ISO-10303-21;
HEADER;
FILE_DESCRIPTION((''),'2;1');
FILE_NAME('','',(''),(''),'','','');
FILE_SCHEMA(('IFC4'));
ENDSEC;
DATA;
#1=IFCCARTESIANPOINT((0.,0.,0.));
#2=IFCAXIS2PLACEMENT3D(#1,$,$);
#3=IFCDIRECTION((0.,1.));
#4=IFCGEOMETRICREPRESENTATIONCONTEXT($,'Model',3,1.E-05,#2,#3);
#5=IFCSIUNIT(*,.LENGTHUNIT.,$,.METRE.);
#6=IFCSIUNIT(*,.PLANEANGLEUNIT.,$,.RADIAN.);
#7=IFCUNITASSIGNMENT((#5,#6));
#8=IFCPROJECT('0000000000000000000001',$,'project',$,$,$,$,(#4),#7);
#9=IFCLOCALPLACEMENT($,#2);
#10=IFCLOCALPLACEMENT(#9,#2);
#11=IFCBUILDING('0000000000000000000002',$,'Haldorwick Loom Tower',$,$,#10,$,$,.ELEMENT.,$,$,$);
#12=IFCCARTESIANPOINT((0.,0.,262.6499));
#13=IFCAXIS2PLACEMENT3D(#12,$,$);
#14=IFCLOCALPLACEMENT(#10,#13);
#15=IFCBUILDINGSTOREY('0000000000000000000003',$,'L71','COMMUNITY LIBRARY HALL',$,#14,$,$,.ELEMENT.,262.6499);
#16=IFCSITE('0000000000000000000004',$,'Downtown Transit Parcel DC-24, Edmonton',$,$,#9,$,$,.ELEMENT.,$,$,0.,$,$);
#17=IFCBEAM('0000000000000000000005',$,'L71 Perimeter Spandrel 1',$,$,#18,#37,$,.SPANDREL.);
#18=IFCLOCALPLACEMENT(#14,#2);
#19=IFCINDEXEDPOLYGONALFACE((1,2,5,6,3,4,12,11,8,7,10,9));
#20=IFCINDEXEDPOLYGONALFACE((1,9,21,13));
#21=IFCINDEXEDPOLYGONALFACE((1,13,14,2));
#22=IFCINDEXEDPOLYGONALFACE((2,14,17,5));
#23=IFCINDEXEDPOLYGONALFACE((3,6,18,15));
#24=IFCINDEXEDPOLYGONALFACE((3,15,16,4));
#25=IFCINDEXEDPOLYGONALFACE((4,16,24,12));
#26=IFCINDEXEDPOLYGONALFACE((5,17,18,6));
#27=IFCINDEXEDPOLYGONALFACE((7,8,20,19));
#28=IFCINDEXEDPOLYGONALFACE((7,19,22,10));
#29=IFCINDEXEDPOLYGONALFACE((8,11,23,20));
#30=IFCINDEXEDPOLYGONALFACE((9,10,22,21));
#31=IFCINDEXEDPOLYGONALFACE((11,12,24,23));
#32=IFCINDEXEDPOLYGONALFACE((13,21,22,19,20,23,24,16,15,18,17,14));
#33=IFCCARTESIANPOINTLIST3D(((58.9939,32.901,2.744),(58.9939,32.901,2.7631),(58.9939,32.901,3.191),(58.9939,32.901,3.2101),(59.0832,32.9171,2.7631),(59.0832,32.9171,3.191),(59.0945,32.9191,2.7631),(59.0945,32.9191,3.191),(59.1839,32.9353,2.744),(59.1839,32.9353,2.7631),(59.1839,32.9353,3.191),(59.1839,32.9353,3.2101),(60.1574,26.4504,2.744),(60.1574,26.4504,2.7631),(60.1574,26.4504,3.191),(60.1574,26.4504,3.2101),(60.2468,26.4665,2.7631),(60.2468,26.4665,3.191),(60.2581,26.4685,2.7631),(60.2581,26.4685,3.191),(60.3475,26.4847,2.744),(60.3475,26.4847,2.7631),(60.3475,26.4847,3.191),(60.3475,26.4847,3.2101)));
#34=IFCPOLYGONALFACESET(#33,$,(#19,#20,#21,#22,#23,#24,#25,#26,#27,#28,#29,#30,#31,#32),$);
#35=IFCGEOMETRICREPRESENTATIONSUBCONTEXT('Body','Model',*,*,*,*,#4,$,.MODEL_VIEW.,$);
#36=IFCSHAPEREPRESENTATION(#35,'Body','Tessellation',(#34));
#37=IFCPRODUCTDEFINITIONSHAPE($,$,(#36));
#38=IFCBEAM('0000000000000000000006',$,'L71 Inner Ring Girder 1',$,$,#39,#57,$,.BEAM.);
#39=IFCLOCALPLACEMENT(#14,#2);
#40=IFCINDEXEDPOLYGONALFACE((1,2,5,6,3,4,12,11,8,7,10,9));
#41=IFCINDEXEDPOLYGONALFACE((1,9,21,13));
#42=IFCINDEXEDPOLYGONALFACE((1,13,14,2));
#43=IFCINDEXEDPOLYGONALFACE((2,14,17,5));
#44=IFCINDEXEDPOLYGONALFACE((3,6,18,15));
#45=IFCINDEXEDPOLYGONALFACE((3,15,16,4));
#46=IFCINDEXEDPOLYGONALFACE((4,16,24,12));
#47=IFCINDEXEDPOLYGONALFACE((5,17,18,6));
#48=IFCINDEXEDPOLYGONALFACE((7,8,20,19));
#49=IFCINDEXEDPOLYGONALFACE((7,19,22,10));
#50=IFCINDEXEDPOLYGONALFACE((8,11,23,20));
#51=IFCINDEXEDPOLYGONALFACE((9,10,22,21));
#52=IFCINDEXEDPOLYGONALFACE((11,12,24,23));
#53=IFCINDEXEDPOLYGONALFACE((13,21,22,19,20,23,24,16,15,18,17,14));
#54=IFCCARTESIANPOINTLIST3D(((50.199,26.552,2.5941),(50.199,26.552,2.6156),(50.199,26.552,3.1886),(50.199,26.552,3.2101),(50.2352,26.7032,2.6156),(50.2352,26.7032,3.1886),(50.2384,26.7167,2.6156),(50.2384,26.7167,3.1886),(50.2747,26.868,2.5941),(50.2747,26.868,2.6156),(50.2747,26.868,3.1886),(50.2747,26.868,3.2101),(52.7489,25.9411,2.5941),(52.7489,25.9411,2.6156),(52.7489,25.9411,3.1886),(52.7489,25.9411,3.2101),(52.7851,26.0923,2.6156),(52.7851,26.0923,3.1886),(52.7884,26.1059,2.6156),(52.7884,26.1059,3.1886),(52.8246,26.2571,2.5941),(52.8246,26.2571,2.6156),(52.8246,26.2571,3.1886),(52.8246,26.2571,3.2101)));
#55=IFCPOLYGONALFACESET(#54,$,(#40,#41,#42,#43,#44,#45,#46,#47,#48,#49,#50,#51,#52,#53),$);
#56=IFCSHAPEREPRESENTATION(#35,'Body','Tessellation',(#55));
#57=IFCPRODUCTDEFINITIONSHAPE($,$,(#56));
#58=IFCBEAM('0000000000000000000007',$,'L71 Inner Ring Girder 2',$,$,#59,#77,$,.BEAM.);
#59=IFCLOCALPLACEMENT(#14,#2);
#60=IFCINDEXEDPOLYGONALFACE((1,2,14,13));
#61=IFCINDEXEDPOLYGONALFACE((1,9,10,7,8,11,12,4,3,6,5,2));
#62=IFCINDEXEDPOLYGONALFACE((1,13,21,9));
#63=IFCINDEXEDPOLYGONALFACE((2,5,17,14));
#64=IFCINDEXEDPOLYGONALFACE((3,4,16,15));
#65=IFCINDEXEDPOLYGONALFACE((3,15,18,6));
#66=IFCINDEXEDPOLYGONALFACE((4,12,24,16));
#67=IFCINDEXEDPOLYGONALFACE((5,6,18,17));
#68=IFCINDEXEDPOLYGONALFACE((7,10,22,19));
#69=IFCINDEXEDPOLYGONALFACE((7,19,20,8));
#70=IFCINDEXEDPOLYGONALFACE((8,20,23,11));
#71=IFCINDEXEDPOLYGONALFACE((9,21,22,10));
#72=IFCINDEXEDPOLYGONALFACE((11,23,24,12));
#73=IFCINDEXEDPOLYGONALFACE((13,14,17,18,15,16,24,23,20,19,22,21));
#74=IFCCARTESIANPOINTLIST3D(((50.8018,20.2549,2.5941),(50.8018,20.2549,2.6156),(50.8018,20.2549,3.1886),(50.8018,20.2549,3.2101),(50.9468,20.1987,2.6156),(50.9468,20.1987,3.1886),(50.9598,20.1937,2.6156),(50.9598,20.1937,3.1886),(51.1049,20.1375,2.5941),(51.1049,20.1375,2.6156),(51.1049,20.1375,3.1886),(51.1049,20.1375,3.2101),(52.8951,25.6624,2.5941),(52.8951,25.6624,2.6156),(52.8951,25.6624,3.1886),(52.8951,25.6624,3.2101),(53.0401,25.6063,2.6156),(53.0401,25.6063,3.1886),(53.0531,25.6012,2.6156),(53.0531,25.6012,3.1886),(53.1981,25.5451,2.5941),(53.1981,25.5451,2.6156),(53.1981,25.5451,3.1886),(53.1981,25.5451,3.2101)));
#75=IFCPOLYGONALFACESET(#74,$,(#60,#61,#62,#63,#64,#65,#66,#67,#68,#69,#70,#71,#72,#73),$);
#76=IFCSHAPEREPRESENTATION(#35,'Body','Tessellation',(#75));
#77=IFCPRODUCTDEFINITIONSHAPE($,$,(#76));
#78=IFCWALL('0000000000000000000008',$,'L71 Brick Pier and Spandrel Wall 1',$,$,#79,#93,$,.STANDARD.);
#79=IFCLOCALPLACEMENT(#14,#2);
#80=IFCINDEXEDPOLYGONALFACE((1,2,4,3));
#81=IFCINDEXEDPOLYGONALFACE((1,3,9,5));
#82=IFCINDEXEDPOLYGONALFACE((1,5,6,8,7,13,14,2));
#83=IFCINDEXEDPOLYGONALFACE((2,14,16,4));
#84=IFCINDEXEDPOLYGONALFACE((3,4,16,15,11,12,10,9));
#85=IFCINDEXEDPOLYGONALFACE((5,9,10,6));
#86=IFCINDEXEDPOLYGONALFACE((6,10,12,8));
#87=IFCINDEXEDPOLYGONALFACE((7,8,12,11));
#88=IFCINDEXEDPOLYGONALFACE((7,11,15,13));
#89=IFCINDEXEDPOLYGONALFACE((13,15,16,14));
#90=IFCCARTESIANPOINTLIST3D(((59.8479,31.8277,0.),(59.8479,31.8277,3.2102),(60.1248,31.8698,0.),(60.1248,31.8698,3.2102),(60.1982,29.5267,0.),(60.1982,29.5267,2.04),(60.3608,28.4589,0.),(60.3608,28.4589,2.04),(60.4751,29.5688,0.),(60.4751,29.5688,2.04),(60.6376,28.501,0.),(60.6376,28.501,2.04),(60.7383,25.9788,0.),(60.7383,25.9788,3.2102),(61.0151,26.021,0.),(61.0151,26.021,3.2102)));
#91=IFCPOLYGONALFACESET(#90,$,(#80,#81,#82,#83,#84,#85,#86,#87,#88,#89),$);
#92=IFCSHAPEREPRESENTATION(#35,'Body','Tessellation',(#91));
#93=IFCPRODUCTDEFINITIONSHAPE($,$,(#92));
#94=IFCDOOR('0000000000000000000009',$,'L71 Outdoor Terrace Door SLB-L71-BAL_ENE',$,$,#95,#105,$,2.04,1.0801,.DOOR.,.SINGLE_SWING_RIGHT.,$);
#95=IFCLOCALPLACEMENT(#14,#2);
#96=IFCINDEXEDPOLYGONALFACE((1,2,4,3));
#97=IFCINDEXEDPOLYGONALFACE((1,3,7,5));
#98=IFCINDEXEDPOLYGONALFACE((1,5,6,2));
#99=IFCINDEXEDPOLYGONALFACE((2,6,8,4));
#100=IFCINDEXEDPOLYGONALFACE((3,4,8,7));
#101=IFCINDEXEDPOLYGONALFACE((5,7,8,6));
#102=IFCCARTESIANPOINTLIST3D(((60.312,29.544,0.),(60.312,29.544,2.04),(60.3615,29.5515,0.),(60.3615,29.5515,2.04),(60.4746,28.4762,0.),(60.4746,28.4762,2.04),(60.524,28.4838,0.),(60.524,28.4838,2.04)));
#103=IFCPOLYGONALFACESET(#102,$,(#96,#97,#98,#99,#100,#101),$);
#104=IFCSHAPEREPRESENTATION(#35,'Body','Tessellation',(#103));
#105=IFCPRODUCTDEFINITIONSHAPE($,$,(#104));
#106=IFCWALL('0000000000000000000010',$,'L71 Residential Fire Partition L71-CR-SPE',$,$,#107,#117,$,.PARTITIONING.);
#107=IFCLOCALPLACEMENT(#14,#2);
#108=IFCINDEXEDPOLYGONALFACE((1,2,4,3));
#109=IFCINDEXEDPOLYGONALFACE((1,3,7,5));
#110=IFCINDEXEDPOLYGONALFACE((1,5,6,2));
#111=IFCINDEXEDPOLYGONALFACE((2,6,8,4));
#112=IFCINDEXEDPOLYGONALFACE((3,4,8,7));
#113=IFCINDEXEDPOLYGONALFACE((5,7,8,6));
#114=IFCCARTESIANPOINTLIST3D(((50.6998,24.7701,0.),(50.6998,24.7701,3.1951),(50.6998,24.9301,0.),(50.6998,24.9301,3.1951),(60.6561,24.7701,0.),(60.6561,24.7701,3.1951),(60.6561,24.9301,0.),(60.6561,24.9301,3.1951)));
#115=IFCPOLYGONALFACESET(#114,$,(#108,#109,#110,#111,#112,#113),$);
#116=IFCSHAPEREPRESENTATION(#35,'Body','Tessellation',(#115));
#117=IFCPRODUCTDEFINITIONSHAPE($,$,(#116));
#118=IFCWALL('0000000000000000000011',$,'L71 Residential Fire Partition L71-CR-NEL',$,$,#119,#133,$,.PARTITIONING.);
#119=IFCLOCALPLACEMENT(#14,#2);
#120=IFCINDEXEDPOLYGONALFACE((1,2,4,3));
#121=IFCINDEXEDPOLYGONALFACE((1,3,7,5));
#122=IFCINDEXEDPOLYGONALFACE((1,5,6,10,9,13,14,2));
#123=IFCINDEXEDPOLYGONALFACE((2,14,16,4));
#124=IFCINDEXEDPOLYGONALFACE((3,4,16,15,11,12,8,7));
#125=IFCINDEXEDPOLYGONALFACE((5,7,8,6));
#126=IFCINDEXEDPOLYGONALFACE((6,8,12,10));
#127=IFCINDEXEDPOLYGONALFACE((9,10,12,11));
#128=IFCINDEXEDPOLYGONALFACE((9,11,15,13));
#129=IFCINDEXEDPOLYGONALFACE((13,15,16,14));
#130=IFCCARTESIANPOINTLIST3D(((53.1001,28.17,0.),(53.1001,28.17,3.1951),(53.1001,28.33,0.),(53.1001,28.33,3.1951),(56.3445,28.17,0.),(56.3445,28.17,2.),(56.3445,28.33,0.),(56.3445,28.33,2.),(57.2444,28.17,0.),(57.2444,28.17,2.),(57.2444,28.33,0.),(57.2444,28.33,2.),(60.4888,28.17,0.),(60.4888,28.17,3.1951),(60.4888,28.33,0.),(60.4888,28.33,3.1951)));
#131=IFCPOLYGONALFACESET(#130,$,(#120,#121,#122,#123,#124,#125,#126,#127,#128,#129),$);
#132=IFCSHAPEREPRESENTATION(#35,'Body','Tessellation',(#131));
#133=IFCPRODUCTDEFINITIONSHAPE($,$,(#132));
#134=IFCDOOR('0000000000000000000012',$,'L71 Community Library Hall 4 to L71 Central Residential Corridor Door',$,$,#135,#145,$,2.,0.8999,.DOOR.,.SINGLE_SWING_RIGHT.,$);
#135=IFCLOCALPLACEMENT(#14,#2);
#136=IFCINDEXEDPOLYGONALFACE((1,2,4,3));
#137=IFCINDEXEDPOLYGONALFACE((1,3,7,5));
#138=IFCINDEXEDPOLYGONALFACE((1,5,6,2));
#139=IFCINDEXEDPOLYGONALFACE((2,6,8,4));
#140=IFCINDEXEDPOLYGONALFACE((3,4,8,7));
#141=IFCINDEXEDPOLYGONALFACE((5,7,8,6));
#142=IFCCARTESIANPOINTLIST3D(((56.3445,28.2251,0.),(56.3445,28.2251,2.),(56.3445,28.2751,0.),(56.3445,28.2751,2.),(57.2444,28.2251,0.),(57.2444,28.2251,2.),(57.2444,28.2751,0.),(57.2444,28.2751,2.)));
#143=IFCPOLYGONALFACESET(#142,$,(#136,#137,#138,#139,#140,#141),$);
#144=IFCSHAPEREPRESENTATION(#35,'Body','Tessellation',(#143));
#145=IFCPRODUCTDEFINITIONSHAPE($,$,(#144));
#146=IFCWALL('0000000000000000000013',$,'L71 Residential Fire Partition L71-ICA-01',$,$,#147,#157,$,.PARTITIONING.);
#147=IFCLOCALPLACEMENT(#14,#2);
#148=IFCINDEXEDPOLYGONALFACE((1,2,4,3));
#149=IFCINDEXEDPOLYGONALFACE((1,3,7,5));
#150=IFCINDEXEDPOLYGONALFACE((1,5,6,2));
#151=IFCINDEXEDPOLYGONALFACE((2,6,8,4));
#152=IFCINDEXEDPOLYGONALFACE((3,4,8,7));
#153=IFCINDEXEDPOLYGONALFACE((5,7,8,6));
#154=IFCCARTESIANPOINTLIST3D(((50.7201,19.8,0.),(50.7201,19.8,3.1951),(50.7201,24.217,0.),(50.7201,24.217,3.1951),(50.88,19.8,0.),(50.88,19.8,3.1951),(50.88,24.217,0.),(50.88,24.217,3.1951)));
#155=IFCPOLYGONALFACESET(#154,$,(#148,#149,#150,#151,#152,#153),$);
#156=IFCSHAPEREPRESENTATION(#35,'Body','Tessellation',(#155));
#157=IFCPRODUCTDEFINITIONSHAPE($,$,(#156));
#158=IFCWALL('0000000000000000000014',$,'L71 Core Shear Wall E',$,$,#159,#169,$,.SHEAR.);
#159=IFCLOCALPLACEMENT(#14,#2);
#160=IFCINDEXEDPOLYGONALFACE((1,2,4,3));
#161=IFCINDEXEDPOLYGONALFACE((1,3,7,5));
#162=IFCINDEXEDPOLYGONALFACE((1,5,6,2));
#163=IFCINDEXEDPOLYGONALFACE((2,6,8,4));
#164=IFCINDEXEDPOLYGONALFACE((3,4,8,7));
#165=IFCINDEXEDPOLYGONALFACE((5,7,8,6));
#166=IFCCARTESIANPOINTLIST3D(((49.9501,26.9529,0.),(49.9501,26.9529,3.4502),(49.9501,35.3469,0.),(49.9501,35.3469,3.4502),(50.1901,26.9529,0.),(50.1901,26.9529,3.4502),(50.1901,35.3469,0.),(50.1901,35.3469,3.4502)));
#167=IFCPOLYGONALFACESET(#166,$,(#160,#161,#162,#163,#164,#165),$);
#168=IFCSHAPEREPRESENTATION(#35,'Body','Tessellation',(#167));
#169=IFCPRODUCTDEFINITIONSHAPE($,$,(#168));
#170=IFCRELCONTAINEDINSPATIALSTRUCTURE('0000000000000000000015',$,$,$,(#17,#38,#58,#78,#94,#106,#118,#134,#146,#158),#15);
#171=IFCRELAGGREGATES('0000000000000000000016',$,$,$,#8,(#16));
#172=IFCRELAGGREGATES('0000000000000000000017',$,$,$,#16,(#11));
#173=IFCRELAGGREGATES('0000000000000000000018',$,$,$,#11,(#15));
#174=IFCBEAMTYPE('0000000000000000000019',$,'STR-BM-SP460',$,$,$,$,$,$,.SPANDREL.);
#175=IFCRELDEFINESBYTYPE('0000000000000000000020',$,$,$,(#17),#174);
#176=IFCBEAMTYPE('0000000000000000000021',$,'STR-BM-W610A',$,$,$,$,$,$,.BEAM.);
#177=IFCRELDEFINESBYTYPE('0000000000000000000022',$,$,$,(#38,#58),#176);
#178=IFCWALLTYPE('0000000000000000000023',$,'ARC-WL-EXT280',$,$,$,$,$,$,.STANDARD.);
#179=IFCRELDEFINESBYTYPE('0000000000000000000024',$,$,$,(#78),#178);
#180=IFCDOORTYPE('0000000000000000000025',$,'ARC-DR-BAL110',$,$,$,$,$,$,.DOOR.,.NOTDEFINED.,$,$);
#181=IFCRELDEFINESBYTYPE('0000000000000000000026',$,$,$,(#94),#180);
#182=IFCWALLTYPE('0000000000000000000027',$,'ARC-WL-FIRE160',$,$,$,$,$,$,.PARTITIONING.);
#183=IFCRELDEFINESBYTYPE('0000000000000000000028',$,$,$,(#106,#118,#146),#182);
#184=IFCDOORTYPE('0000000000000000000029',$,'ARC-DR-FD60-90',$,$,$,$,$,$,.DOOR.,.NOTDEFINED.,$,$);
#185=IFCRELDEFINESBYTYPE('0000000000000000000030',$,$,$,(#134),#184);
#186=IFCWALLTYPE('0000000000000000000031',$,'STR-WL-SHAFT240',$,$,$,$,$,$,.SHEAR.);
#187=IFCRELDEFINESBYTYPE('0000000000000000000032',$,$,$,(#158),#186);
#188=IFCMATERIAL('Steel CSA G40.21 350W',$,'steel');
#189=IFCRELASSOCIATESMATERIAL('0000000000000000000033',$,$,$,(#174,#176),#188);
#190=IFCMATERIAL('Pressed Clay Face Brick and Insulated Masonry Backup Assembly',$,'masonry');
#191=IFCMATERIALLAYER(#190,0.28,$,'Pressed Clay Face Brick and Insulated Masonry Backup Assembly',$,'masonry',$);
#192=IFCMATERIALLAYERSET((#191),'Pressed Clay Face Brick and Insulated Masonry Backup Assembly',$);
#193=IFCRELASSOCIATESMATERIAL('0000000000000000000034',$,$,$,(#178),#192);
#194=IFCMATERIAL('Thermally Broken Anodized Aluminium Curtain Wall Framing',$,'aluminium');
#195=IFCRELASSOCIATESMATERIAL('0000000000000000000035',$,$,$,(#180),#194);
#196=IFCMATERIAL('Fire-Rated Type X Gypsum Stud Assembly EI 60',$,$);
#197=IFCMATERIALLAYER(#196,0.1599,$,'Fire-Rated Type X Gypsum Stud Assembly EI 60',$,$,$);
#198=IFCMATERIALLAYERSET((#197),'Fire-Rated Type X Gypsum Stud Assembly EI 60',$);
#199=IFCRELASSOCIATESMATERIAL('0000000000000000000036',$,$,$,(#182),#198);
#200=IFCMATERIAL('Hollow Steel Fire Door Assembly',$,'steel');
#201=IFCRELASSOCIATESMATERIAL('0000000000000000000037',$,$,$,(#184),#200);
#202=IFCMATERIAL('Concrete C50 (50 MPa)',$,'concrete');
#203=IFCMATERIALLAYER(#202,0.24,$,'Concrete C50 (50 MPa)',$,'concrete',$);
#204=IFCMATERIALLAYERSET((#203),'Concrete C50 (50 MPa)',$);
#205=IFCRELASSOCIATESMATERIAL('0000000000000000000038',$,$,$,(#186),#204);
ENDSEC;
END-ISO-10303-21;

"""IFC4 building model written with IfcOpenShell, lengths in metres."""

from ifc_helpers import new_model, si_unit, direction, frame, frame_2d, origin, origin_2d, place, context, subcontext, project, spatial, rectangle, i_section, extrude, material, layer, layer_set, material_profile, profile_set, type_object, element, fill, save


model = new_model("IFC4")

# Units and contexts
model_context = context("Model", 3, precision=1e-05, world=origin(), true_north=direction((0.0, 1.0)))
body_context = subcontext(model_context, "Body", "Model", "MODEL_VIEW")
ifc_project = project(units=[si_unit("LENGTHUNIT", "METRE"), si_unit("PLANEANGLEUNIT", "RADIAN")], contexts=[model_context])

# Site, building, storey
site_placement = place(None, origin())
site = spatial("IfcSite", under=ifc_project, at=site_placement, Name="Downtown Transit Parcel DC-24, Edmonton", CompositionType="ELEMENT", RefElevation=0.0)
building_placement = place(site_placement, origin())
building = spatial("IfcBuilding", under=site, at=building_placement, Name="Haldorwick Loom Tower", CompositionType="ELEMENT")
storey_placement = place(building_placement, frame((0.0, 0.0, 262.6499)))
storey = spatial("IfcBuildingStorey", under=building, at=storey_placement, Name="L71", Description="COMMUNITY LIBRARY HALL", CompositionType="ELEMENT", Elevation=262.6499)

# Shared definitions
ifc_material_1 = material(Name="Concrete C50 (50 MPa)", Category="concrete")
ifc_material_2 = material(Name="Steel CSA G40.21 350W", Category="steel")

# Beams
ifc_material_profile_1 = material_profile(ifc_material_2, i_section(OverallWidth=0.1931, OverallDepth=0.4661, WebThickness=0.0115, FlangeThickness=0.019, at=origin_2d()), Name="W460X97", Category="steel")
ifc_profile_set_1 = profile_set([ifc_material_profile_1], Name="Steel CSA G40.21 350W")
beam_type_1 = type_object("IfcBeamType", Name="STR-BM-SP460", PredefinedType="SPANDREL", material=ifc_profile_set_1)
beam_1_placement = place(storey_placement, frame((60.2524, 26.4675, 2.9771), z_axis=(-0.177515, 0.984118, 0.0), x_axis=(-0.984118, -0.177515, 0.0)))
element("IfcBeam", 1, at=beam_1_placement, inside=storey, type_object=beam_type_1, Name="L71 Perimeter Spandrel 1", PredefinedType="SPANDREL", context=body_context, shape_type="SweptSolid", body=[
    extrude(i_section(OverallWidth=0.1931, OverallDepth=0.4661, WebThickness=0.0115, FlangeThickness=0.019, at=origin_2d()), origin(), (0.0, 0.0, 1.0), 6.5547),
])
ifc_material_profile_2 = material_profile(ifc_material_2, i_section(OverallWidth=0.325, OverallDepth=0.616, WebThickness=0.0139, FlangeThickness=0.0215, at=origin_2d()), Name="W610X174", Category="steel")
ifc_profile_set_2 = profile_set([ifc_material_profile_2], Name="Steel CSA G40.21 350W")
beam_type_2 = type_object("IfcBeamType", Name="STR-BM-W610A", PredefinedType="BEAM", material=ifc_profile_set_2)
beam_2_placement = place(storey_placement, frame((50.2368, 26.71, 2.9021), z_axis=(0.972484, -0.232971, 0.0), x_axis=(0.232971, 0.972484, 0.0)))
element("IfcBeam", 2, at=beam_2_placement, inside=storey, type_object=beam_type_2, Name="L71 Inner Ring Girder 1", PredefinedType="BEAM", context=body_context, shape_type="SweptSolid", body=[
    extrude(i_section(OverallWidth=0.325, OverallDepth=0.616, WebThickness=0.0139, FlangeThickness=0.0215, at=origin_2d()), origin(), (0.0, 0.0, 1.0), 2.6221),
])
beam_3_placement = place(storey_placement, frame((53.0466, 25.6038, 2.9021), z_axis=(-0.361001, -0.932565, 0.0), x_axis=(0.932565, -0.361001, 0.0)))
element("IfcBeam", 3, at=beam_3_placement, inside=storey, type_object=beam_type_2, Name="L71 Inner Ring Girder 2", PredefinedType="BEAM", context=body_context, shape_type="SweptSolid", body=[
    extrude(i_section(OverallWidth=0.325, OverallDepth=0.616, WebThickness=0.0139, FlangeThickness=0.0215, at=origin_2d()), origin(), (0.0, 0.0, 1.0), 5.7986),
])

# Wall, opening, door
ifc_material_3 = material(Name="Pressed Clay Face Brick and Insulated Masonry Backup Assembly", Category="masonry")
ifc_layer_1 = layer(ifc_material_3, 0.28, Name="Pressed Clay Face Brick and Insulated Masonry Backup Assembly", Category="masonry")
ifc_layer_set_1 = layer_set([ifc_layer_1], Name="Pressed Clay Face Brick and Insulated Masonry Backup Assembly")
wall_type_1 = type_object("IfcWallType", Name="ARC-WL-EXT280", PredefinedType="STANDARD", material=ifc_layer_set_1)
wall_1_placement = place(storey_placement, frame((60.8767, 26.0, 0.0), z_axis=(0.0, 0.0, 1.0), x_axis=(-0.150497, 0.98861, 0.0)))
wall_1 = element("IfcWall", 4, at=wall_1_placement, inside=storey, type_object=wall_type_1, Name="L71 Brick Pier and Spandrel Wall 1", PredefinedType="STANDARD", context=body_context, shape_type="SweptSolid", body=[
    extrude(rectangle(XDim=5.9163, YDim=0.28, at=frame_2d((2.958, 0.0))), origin(), (0.0, 0.0, 1.0), 3.2102),
])
opening_1_placement = place(wall_1_placement, frame((2.5085, 0.0, 0.0)))
opening_1 = element("IfcOpeningElement", 5, at=opening_1_placement, cuts=wall_1, PredefinedType="OPENING", context=body_context, shape_type="SweptSolid", body=[
    extrude(rectangle(XDim=1.0801, YDim=2.04, at=frame_2d((0.54, 1.02))), frame((0.0, 0.1499, 0.0), z_axis=(0.0, -1.0, 0.0), x_axis=(1.0, 0.0, 0.0)), (0.0, 0.0, 1.0), 0.3),
])
ifc_material_4 = material(Name="Thermally Broken Anodized Aluminium Curtain Wall Framing", Category="aluminium")
door_type_1 = type_object("IfcDoorType", Name="ARC-DR-BAL110", OperationType="NOTDEFINED", PredefinedType="DOOR", material=ifc_material_4)
door_1_placement = place(opening_1_placement, origin())
door_1 = element("IfcDoor", 6, at=door_1_placement, inside=storey, type_object=door_type_1, Name="L71 Outdoor Terrace Door SLB-L71-BAL_ENE", OperationType="SINGLE_SWING_RIGHT", OverallHeight=2.04, OverallWidth=1.0801, PredefinedType="DOOR", context=body_context, shape_type="SweptSolid", body=[
    extrude(rectangle(XDim=1.0801, YDim=2.04, at=frame_2d((0.54, 1.02))), frame((0.0, 0.0249, 0.0), z_axis=(0.0, -1.0, 0.0), x_axis=(1.0, 0.0, 0.0)), (0.0, 0.0, 1.0), 0.05),
])
fill(opening_1, door_1)

# Wall
ifc_material_5 = material(Name="Fire-Rated Type X Gypsum Stud Assembly EI 60")
ifc_layer_2 = layer(ifc_material_5, 0.1599, Name="Fire-Rated Type X Gypsum Stud Assembly EI 60")
ifc_layer_set_2 = layer_set([ifc_layer_2], Name="Fire-Rated Type X Gypsum Stud Assembly EI 60")
wall_type_2 = type_object("IfcWallType", Name="ARC-WL-FIRE160", PredefinedType="PARTITIONING", material=ifc_layer_set_2)
wall_2_placement = place(storey_placement, frame((50.7, 24.8501, 0.0), z_axis=(0.0, 0.0, 1.0), x_axis=(1.0, 0.0, 0.0)))
element("IfcWall", 7, at=wall_2_placement, inside=storey, type_object=wall_type_2, Name="L71 Residential Fire Partition L71-CR-SPE", PredefinedType="PARTITIONING", context=body_context, shape_type="SweptSolid", body=[
    extrude(rectangle(XDim=9.9563, YDim=0.1599, at=frame_2d((4.978, 0.0))), origin(), (0.0, 0.0, 1.0), 3.1951),
])

# Wall, opening, door
wall_3_placement = place(storey_placement, frame((53.1001, 28.25, 0.0), z_axis=(0.0, 0.0, 1.0), x_axis=(1.0, 0.0, 0.0)))
wall_3 = element("IfcWall", 8, at=wall_3_placement, inside=storey, type_object=wall_type_2, Name="L71 Residential Fire Partition L71-CR-NEL", PredefinedType="PARTITIONING", context=body_context, shape_type="SweptSolid", body=[
    extrude(rectangle(XDim=7.3887, YDim=0.1599, at=frame_2d((3.6943, 0.0))), origin(), (0.0, 0.0, 1.0), 3.1951),
])
opening_2_placement = place(wall_3_placement, frame((3.2444, 0.0, 0.0)))
opening_2 = element("IfcOpeningElement", 9, at=opening_2_placement, cuts=wall_3, PredefinedType="OPENING", context=body_context, shape_type="SweptSolid", body=[
    extrude(rectangle(XDim=0.8999, YDim=2.0, at=frame_2d((0.45, 1.0))), frame((0.0, 0.0898, 0.0), z_axis=(0.0, -1.0, 0.0), x_axis=(1.0, 0.0, 0.0)), (0.0, 0.0, 1.0), 0.1799),
])
ifc_material_6 = material(Name="Hollow Steel Fire Door Assembly", Category="steel")
door_type_2 = type_object("IfcDoorType", Name="ARC-DR-FD60-90", OperationType="NOTDEFINED", PredefinedType="DOOR", material=ifc_material_6)
door_2_placement = place(opening_2_placement, frame((0.8999, 0.0, 0.0), z_axis=(0.0, 0.0, 1.0), x_axis=(-1.0, 0.0, 0.0)))
door_2 = element("IfcDoor", 10, at=door_2_placement, inside=storey, type_object=door_type_2, Name="L71 Community Library Hall 4 to L71 Central Residential Corridor Door", OperationType="SINGLE_SWING_RIGHT", OverallHeight=2.0, OverallWidth=0.8999, PredefinedType="DOOR", context=body_context, shape_type="SweptSolid", body=[
    extrude(rectangle(XDim=0.8999, YDim=2.0, at=frame_2d((0.45, 1.0))), frame((0.0, 0.0249, 0.0), z_axis=(0.0, -1.0, 0.0), x_axis=(1.0, 0.0, 0.0)), (0.0, 0.0, 1.0), 0.05),
])
fill(opening_2, door_2)

# Walls
wall_4_placement = place(storey_placement, frame((50.8, 24.217, 0.0), z_axis=(0.0, 0.0, 1.0), x_axis=(0.0, -1.0, 0.0)))
element("IfcWall", 11, at=wall_4_placement, inside=storey, type_object=wall_type_2, Name="L71 Residential Fire Partition L71-ICA-01", PredefinedType="PARTITIONING", context=body_context, shape_type="SweptSolid", body=[
    extrude(rectangle(XDim=4.417, YDim=0.1599, at=frame_2d((2.2085, 0.0))), origin(), (0.0, 0.0, 1.0), 3.1951),
])
ifc_layer_3 = layer(ifc_material_1, 0.24, Name="Concrete C50 (50 MPa)", Category="concrete")
ifc_layer_set_3 = layer_set([ifc_layer_3], Name="Concrete C50 (50 MPa)")
wall_type_3 = type_object("IfcWallType", Name="STR-WL-SHAFT240", PredefinedType="SHEAR", material=ifc_layer_set_3)
for number, where, z_axis, x_axis, name in (
    (12, (50.0701, 26.9529, 0.0), (0.0, 0.0, 1.0), (0.0, 1.0, 0.0), "L71 Core Shear Wall E"),
):
    element("IfcWall", number, at=place(storey_placement, frame(where, z_axis=z_axis, x_axis=x_axis)), inside=storey, type_object=wall_type_3, Name=name, PredefinedType="SHEAR", context=body_context, shape_type="SweptSolid", body=[
        extrude(rectangle(XDim=8.394, YDim=0.24, at=frame_2d((4.197, 0.0))), origin(), (0.0, 0.0, 1.0), 3.4502),
    ])

save(model, "model.ifc")
